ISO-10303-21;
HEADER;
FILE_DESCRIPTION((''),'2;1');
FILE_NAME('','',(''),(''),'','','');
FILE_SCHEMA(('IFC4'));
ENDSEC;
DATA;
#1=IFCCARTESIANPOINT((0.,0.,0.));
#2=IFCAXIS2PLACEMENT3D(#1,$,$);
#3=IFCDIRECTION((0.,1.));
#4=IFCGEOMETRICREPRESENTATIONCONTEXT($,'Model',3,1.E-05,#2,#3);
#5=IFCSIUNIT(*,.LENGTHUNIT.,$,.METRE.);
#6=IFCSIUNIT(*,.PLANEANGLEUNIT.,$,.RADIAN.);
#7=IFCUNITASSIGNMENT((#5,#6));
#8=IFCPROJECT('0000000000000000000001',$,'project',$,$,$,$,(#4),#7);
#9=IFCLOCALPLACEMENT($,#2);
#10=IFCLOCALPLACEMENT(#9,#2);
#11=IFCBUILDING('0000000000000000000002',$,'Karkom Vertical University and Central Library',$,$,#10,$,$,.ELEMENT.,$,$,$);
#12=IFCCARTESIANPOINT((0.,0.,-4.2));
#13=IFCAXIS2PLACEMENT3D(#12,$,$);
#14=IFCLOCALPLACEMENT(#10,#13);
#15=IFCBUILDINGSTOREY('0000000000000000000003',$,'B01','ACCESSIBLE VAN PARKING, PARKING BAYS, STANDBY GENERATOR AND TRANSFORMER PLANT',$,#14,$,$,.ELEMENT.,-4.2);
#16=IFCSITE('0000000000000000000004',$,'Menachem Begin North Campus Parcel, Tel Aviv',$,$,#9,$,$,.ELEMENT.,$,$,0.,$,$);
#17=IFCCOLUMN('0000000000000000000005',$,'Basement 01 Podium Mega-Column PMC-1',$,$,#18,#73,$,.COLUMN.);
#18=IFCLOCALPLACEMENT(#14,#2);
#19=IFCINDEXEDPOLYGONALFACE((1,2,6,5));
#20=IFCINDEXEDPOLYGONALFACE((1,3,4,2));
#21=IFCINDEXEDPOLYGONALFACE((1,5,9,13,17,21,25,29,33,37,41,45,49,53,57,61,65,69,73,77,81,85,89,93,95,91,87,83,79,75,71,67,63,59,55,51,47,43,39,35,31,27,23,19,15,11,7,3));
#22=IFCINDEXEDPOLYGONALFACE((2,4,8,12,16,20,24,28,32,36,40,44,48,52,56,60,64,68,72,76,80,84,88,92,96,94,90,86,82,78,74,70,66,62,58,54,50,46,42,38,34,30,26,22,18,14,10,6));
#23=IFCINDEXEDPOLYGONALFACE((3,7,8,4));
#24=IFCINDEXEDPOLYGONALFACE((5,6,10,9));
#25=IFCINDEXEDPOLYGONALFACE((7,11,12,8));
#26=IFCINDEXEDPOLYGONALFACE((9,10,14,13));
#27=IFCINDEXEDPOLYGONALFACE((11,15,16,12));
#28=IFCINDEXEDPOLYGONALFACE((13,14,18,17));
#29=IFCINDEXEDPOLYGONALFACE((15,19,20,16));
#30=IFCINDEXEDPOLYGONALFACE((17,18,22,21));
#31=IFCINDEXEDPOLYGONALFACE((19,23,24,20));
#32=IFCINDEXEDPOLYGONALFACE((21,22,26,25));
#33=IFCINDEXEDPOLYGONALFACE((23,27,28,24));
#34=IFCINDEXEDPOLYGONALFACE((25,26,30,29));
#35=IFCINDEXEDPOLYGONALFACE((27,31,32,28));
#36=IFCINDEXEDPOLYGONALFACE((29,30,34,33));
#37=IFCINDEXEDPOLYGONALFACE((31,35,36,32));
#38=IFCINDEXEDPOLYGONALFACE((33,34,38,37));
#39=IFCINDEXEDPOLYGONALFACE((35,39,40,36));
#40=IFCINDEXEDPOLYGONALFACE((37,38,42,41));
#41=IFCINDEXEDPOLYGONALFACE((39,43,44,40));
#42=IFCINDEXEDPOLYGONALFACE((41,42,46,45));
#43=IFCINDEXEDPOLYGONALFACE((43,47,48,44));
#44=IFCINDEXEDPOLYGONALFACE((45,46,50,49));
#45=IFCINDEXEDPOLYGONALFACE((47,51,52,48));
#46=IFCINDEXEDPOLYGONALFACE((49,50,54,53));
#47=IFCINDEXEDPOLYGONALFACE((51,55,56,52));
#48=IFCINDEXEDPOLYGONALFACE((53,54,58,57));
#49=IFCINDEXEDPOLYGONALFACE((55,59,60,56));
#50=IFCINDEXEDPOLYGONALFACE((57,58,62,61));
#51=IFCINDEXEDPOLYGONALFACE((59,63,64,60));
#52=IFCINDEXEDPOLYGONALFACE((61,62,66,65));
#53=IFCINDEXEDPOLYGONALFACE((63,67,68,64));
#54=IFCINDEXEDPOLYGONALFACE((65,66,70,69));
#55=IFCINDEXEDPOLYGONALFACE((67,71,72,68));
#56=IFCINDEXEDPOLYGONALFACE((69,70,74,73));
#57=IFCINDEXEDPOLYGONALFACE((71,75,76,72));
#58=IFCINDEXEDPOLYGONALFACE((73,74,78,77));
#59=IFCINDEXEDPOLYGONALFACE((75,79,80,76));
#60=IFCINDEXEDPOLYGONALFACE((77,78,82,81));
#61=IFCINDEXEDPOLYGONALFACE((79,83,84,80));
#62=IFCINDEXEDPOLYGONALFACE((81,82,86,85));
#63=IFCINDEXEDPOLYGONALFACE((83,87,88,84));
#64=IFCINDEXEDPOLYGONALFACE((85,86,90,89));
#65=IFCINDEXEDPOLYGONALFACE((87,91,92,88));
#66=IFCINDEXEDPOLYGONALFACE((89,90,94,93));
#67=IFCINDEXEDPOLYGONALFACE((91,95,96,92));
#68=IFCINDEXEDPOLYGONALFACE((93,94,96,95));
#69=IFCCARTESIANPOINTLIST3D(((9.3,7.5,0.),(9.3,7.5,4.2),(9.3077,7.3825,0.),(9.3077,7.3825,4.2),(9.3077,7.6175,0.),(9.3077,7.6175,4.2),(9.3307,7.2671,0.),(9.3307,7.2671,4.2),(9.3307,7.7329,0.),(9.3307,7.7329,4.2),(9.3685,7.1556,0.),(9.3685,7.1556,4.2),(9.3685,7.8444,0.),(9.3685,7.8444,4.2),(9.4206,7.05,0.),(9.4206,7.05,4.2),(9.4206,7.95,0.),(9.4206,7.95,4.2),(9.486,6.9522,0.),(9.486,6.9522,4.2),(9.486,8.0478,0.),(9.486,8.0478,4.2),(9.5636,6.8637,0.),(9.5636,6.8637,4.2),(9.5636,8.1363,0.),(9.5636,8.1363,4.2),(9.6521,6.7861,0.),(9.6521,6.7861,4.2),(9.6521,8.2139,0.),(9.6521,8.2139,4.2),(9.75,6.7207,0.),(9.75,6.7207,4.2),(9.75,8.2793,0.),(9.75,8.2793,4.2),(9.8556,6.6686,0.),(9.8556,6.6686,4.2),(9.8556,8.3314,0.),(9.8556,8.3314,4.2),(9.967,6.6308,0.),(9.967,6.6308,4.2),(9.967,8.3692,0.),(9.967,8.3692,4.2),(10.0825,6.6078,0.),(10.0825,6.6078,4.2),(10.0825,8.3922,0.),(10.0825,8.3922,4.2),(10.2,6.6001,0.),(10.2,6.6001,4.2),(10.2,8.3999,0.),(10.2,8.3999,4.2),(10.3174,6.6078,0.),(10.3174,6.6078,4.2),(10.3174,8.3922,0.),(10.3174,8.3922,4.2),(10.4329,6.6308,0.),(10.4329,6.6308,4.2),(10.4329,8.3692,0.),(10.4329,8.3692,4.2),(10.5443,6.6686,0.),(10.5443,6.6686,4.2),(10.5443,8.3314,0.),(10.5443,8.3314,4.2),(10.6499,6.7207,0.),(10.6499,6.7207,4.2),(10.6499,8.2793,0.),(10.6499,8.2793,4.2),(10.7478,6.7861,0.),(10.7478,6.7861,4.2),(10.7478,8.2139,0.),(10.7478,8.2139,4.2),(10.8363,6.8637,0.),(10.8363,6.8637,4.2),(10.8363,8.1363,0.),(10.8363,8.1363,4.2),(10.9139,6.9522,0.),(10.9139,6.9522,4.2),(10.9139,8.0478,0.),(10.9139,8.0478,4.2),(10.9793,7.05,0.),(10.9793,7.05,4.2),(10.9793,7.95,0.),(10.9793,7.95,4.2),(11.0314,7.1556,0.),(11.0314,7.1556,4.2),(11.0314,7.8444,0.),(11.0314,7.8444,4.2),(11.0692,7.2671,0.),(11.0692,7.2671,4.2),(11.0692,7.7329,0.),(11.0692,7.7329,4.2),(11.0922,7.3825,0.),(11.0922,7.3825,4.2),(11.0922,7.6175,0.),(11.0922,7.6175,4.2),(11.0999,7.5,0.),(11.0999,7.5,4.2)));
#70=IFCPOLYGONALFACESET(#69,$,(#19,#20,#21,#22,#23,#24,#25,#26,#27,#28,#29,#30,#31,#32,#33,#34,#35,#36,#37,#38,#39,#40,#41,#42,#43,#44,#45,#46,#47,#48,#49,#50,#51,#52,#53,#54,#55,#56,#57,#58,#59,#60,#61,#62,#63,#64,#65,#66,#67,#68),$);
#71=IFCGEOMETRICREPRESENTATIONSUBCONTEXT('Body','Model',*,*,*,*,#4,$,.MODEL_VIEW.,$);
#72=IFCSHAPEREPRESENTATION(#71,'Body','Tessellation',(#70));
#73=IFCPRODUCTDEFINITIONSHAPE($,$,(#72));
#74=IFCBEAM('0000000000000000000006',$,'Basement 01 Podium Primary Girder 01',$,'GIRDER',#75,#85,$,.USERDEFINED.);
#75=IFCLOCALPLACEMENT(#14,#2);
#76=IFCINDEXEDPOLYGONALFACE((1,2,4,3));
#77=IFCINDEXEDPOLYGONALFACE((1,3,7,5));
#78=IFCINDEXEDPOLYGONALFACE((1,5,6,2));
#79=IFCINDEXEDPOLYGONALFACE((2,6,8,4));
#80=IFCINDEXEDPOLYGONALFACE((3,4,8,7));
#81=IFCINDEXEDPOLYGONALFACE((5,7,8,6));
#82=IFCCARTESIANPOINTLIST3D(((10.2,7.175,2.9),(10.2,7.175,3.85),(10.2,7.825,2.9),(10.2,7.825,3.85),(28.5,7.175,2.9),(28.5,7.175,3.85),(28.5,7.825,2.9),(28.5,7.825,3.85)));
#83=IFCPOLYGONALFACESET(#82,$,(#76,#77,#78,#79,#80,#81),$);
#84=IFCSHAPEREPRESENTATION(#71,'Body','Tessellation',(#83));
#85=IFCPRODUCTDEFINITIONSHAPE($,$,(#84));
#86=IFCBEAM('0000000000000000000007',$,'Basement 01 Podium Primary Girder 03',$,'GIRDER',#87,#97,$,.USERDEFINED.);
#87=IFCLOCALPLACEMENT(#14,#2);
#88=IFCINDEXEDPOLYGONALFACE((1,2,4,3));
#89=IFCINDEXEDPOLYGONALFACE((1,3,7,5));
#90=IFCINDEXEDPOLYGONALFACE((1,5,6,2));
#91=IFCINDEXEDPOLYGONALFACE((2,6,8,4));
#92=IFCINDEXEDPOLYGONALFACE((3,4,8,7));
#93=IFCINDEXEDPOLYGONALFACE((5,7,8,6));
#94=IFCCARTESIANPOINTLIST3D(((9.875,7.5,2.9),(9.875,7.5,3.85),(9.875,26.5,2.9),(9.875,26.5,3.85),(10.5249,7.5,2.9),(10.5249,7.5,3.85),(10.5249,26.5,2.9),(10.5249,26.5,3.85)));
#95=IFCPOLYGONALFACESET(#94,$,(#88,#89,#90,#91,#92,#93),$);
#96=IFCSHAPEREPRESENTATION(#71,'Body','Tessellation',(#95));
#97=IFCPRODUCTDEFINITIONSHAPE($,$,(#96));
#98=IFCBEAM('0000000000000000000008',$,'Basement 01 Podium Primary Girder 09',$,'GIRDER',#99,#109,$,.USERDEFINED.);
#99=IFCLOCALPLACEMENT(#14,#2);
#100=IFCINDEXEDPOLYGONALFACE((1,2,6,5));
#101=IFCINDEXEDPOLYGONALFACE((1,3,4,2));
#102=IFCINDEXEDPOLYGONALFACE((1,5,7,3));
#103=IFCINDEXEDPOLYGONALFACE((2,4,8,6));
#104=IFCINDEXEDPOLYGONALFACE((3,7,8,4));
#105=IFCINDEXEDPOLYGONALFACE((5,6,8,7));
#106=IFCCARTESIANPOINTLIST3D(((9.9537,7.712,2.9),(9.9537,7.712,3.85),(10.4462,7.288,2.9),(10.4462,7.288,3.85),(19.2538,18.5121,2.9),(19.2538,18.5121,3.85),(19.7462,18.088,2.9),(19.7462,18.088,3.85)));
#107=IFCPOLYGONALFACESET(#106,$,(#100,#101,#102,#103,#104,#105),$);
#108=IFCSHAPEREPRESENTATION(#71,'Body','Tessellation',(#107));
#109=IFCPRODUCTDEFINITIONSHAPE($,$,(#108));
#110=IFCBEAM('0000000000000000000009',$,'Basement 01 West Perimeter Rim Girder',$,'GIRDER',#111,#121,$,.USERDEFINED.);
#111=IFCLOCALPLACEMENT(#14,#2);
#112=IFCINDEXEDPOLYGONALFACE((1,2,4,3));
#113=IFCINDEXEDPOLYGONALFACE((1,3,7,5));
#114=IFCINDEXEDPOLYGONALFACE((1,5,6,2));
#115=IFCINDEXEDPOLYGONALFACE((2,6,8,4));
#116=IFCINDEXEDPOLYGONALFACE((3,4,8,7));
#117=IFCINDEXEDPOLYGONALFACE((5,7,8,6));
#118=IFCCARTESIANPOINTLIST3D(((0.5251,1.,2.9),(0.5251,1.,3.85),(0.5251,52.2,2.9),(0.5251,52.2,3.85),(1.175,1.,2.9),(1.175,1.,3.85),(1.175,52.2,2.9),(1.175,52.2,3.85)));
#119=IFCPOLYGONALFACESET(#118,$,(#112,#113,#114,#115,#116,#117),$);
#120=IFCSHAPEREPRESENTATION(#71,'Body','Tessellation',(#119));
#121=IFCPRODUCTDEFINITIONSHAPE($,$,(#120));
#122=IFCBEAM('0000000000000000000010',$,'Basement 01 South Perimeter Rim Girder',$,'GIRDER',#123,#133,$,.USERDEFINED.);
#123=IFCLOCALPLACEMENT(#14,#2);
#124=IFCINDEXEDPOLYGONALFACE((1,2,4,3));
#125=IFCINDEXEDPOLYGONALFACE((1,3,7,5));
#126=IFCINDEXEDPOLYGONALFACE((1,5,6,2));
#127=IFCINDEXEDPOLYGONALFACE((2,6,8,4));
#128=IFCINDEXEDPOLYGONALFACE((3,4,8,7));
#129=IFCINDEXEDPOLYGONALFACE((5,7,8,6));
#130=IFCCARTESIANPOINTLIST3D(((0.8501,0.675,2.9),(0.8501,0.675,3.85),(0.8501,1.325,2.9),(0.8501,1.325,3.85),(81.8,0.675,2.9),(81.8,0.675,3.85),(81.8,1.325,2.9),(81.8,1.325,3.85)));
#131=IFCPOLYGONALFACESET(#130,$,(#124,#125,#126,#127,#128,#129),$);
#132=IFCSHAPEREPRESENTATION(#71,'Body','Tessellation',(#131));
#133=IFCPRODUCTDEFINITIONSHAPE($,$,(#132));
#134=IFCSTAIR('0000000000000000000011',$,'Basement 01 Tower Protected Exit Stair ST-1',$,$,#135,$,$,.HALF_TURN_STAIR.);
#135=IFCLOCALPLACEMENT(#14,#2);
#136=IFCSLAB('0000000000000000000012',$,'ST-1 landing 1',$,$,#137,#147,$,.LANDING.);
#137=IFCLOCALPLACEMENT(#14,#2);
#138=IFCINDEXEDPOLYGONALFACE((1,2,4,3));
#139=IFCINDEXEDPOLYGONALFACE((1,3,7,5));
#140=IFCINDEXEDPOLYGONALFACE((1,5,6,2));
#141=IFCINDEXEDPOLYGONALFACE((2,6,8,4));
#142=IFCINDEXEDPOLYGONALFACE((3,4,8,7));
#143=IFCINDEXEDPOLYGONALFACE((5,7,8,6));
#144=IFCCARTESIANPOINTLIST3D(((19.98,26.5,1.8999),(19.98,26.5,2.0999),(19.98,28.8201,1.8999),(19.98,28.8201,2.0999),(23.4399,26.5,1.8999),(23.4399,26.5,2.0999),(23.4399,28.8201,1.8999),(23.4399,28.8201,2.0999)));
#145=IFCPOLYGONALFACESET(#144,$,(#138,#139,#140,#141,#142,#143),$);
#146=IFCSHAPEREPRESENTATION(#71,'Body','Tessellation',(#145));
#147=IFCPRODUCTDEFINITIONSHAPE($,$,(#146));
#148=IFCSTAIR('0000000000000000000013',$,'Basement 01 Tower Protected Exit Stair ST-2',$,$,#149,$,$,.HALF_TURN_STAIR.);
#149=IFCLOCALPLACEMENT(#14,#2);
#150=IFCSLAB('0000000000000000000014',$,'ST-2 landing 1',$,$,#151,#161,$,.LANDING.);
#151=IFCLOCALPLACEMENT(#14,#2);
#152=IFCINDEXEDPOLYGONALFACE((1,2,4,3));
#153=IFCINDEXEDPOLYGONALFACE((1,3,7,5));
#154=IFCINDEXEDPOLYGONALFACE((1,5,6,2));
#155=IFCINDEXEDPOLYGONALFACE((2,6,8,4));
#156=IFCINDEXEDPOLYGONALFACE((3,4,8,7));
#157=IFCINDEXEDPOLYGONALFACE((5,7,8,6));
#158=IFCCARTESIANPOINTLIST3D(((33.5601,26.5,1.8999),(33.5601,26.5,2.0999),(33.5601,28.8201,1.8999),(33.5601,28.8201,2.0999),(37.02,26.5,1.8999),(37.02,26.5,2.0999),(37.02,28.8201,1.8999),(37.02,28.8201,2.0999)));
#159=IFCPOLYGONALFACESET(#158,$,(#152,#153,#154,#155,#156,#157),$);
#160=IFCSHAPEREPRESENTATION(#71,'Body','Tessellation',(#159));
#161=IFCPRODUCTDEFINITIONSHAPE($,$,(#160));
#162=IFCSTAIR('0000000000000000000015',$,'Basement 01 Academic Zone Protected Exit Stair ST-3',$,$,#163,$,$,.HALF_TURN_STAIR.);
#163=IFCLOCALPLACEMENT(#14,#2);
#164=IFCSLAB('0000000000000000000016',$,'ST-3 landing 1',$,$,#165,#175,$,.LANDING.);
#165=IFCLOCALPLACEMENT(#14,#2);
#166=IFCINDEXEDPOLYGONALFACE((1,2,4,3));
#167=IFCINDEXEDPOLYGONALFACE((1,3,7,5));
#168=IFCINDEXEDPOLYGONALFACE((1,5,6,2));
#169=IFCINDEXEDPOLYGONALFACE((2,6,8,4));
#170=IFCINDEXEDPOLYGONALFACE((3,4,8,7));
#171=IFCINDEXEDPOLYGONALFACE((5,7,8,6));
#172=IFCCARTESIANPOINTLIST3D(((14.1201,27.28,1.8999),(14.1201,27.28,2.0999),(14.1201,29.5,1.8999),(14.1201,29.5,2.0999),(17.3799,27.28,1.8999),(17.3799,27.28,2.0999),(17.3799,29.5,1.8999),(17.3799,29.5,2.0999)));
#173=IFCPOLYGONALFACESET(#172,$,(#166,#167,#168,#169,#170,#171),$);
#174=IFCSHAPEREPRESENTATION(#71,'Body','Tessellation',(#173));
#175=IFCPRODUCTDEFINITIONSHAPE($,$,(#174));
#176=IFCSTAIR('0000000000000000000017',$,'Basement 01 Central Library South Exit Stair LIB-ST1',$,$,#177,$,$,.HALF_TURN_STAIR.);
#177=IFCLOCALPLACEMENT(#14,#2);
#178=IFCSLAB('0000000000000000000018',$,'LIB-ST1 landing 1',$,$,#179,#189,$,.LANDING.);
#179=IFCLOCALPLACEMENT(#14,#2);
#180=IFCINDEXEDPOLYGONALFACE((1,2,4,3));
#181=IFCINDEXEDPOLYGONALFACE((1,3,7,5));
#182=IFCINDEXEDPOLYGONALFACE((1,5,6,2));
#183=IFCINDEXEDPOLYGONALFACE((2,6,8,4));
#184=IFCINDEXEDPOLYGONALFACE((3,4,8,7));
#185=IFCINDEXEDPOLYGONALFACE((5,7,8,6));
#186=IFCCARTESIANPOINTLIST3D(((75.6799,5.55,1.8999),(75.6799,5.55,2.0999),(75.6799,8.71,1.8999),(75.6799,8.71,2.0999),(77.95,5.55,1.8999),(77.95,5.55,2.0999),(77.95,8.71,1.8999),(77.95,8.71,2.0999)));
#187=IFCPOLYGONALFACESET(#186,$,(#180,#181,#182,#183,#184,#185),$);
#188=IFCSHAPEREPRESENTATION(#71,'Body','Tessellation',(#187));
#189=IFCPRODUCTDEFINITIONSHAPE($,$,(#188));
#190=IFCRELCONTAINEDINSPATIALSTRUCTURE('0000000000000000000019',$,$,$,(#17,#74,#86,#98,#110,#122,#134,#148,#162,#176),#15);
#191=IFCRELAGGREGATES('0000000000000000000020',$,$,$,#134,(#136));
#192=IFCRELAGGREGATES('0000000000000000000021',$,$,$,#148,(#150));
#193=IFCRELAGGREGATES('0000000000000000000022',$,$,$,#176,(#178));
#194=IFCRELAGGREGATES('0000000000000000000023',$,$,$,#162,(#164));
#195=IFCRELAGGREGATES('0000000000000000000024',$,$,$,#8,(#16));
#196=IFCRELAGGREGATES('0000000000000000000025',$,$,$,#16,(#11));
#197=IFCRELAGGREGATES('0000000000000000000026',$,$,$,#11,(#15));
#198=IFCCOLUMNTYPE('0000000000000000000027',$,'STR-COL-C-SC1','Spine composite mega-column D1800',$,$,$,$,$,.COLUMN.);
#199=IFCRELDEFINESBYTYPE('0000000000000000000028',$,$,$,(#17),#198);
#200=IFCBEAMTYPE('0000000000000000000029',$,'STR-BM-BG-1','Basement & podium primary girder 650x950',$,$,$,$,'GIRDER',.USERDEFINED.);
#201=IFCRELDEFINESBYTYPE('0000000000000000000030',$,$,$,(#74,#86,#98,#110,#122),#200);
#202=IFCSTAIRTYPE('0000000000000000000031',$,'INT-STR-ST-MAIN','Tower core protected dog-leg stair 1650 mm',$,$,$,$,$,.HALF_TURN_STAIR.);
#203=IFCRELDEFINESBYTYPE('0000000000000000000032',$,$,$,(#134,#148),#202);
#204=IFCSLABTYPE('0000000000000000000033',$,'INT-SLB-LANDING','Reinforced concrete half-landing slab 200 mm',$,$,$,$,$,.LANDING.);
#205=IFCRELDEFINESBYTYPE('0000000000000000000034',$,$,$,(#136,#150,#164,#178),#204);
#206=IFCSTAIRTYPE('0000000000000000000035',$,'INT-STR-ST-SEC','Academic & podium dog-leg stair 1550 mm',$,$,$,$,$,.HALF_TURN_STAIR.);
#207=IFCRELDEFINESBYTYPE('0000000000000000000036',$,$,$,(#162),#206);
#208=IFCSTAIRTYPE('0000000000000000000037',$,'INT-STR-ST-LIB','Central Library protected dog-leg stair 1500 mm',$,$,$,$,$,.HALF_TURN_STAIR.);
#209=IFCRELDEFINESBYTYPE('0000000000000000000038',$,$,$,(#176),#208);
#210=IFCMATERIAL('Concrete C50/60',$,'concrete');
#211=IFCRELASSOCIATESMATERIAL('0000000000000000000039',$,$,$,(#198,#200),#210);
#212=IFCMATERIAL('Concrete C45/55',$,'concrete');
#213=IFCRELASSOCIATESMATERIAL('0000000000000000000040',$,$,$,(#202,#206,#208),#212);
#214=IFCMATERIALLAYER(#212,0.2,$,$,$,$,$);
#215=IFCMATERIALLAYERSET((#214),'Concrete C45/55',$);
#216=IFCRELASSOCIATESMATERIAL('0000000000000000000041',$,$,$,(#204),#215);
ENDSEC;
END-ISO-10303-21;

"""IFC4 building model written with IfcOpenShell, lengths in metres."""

from ifc_helpers import new_model, si_unit, direction, frame, origin, origin_with_axes, origin_2d, place, context, subcontext, project, spatial, polyline, rectangle, circle, outline, extrude, source, transform, mapped, material, layer, layer_set, material_profile, profile_set, type_object, element, aggregate, save


model = new_model("IFC4")

# Units and contexts
model_context = context("Model", 3, precision=1e-05, world=origin(), true_north=direction((0.0, 1.0)))
body_context = subcontext(model_context, "Body", "Model", "MODEL_VIEW")
ifc_project = project(units=[si_unit("LENGTHUNIT", "METRE"), si_unit("PLANEANGLEUNIT", "RADIAN")], contexts=[model_context])

# Site, building, storey
site_placement = place(None, origin())
site = spatial("IfcSite", under=ifc_project, at=site_placement, Name="Menachem Begin North Campus Parcel, Tel Aviv", CompositionType="ELEMENT", RefElevation=0.0)
building_placement = place(site_placement, origin())
building = spatial("IfcBuilding", under=site, at=building_placement, Name="Karkom Vertical University and Central Library", CompositionType="ELEMENT")
storey_placement = place(building_placement, frame((0.0, 0.0, -4.2)))
storey = spatial("IfcBuildingStorey", under=building, at=storey_placement, Name="B01", Description="ACCESSIBLE VAN PARKING, PARKING BAYS, STANDBY GENERATOR AND TRANSFORMER PLANT", CompositionType="ELEMENT", Elevation=-4.2)

# Column
ifc_material_1 = material(Name="Concrete C50/60", Category="concrete")
ifc_material_profile_1 = material_profile(ifc_material_1, circle(Radius=0.8999, at=origin_2d()), Name="CFT-D1800")
ifc_profile_set_1 = profile_set([ifc_material_profile_1], Name="Concrete C50/60")
column_type = type_object("IfcColumnType", Name="STR-COL-C-SC1", Description="Spine composite mega-column D1800", PredefinedType="COLUMN", material=ifc_profile_set_1)
shared_shape_1 = source(origin_with_axes(), body_context, "Body", "SweptSolid", [
    extrude(circle(Radius=0.8999, at=origin_2d()), origin(), (0.0, 0.0, 1.0), 4.2),
])
column_placement = place(storey_placement, frame((10.2, 7.5, 0.0), z_axis=(0.0, 0.0, 1.0), x_axis=(1.0, 0.0, 0.0)))
element("IfcColumn", 1, at=column_placement, inside=storey, type_object=column_type, Name="Basement 01 Podium Mega-Column PMC-1", PredefinedType="COLUMN", context=body_context, shape_type="MappedRepresentation", body=[
    mapped(shared_shape_1, transform((0.0, 0.0, 0.0), scale=1.0)),
])

# Beams
ifc_material_profile_2 = material_profile(ifc_material_1, rectangle(XDim=0.6499, YDim=0.95, at=origin_2d()), Name="RCG-650x950")
ifc_profile_set_2 = profile_set([ifc_material_profile_2], Name="Concrete C50/60")
beam_type = type_object("IfcBeamType", Name="STR-BM-BG-1", Description="Basement & podium primary girder 650x950", ElementType="GIRDER", PredefinedType="USERDEFINED", material=ifc_profile_set_2)
shared_shape_2 = source(origin_with_axes(), body_context, "Body", "SweptSolid", [
    extrude(rectangle(XDim=0.6499, YDim=0.95, at=origin_2d()), origin(), (0.0, 0.0, 1.0), 18.3),
])
beam_1_placement = place(storey_placement, frame((10.2, 7.5, 3.375), z_axis=(1.0, 0.0, 0.0), x_axis=(0.0, 1.0, 0.0)))
element("IfcBeam", 2, at=beam_1_placement, inside=storey, type_object=beam_type, Name="Basement 01 Podium Primary Girder 01", ObjectType="GIRDER", PredefinedType="USERDEFINED", context=body_context, shape_type="MappedRepresentation", body=[
    mapped(shared_shape_2, transform((0.0, 0.0, 0.0), scale=1.0)),
])
shared_shape_3 = source(origin_with_axes(), body_context, "Body", "SweptSolid", [
    extrude(rectangle(XDim=0.6499, YDim=0.95, at=origin_2d()), origin(), (0.0, 0.0, 1.0), 19.0),
])
beam_2_placement = place(storey_placement, frame((10.2, 7.5, 3.375), z_axis=(0.0, 1.0, 0.0), x_axis=(-1.0, 0.0, 0.0)))
element("IfcBeam", 3, at=beam_2_placement, inside=storey, type_object=beam_type, Name="Basement 01 Podium Primary Girder 03", ObjectType="GIRDER", PredefinedType="USERDEFINED", context=body_context, shape_type="MappedRepresentation", body=[
    mapped(shared_shape_3, transform((0.0, 0.0, 0.0), scale=1.0)),
])
shared_shape_4 = source(origin_with_axes(), body_context, "Body", "SweptSolid", [
    extrude(rectangle(XDim=0.6499, YDim=0.95, at=origin_2d()), origin(), (0.0, 0.0, 1.0), 14.2524),
])
beam_3_placement = place(storey_placement, frame((10.2, 7.5, 3.375), z_axis=(0.652523, 0.757769, 0.0), x_axis=(-0.757769, 0.652523, 0.0)))
element("IfcBeam", 4, at=beam_3_placement, inside=storey, type_object=beam_type, Name="Basement 01 Podium Primary Girder 09", ObjectType="GIRDER", PredefinedType="USERDEFINED", context=body_context, shape_type="MappedRepresentation", body=[
    mapped(shared_shape_4, transform((0.0, 0.0, 0.0), scale=1.0)),
])
shared_shape_5 = source(origin_with_axes(), body_context, "Body", "SweptSolid", [
    extrude(rectangle(XDim=0.6499, YDim=0.95, at=origin_2d()), origin(), (0.0, 0.0, 1.0), 51.2),
])
beam_4_placement = place(storey_placement, frame((0.8501, 1.0, 3.375), z_axis=(0.0, 1.0, 0.0), x_axis=(-1.0, 0.0, 0.0)))
element("IfcBeam", 5, at=beam_4_placement, inside=storey, type_object=beam_type, Name="Basement 01 West Perimeter Rim Girder", ObjectType="GIRDER", PredefinedType="USERDEFINED", context=body_context, shape_type="MappedRepresentation", body=[
    mapped(shared_shape_5, transform((0.0, 0.0, 0.0), scale=1.0)),
])
shared_shape_6 = source(origin_with_axes(), body_context, "Body", "SweptSolid", [
    extrude(rectangle(XDim=0.6499, YDim=0.95, at=origin_2d()), origin(), (0.0, 0.0, 1.0), 80.95),
])
beam_5_placement = place(storey_placement, frame((0.8501, 1.0, 3.375), z_axis=(1.0, 0.0, 0.0), x_axis=(0.0, 1.0, 0.0)))
element("IfcBeam", 6, at=beam_5_placement, inside=storey, type_object=beam_type, Name="Basement 01 South Perimeter Rim Girder", ObjectType="GIRDER", PredefinedType="USERDEFINED", context=body_context, shape_type="MappedRepresentation", body=[
    mapped(shared_shape_6, transform((0.0, 0.0, 0.0), scale=1.0)),
])

# Stairs, slabs
ifc_material_2 = material(Name="Concrete C45/55", Category="concrete")
stair_type_1 = type_object("IfcStairType", Name="INT-STR-ST-MAIN", Description="Tower core protected dog-leg stair 1650 mm", PredefinedType="HALF_TURN_STAIR", material=ifc_material_2)
stair_1_placement = place(storey_placement, origin())
stair_1 = element("IfcStair", 7, at=stair_1_placement, inside=storey, type_object=stair_type_1, Name="Basement 01 Tower Protected Exit Stair ST-1", PredefinedType="HALF_TURN_STAIR")
ifc_layer_1 = layer(ifc_material_2, 0.2)
ifc_layer_set_1 = layer_set([ifc_layer_1], Name="Concrete C45/55")
slab_type_1 = type_object("IfcSlabType", Name="INT-SLB-LANDING", Description="Reinforced concrete half-landing slab 200 mm", PredefinedType="LANDING", material=ifc_layer_set_1)
slab_1_placement = place(storey_placement, frame((0.0, 0.0, 1.8999)))
slab_1 = element("IfcSlab", 8, at=slab_1_placement, type_object=slab_type_1, Name="ST-1 landing 1", PredefinedType="LANDING", context=body_context, shape_type="SweptSolid", body=[
    extrude(outline(polyline([(23.4399, 26.5), (23.4399, 28.8201), (19.98, 28.8201), (19.98, 26.5), (23.4399, 26.5)])), origin(), (0.0, 0.0, 1.0), 0.2),
])
aggregate(stair_1, [slab_1])
stair_2_placement = place(storey_placement, origin())
stair_2 = element("IfcStair", 9, at=stair_2_placement, inside=storey, type_object=stair_type_1, Name="Basement 01 Tower Protected Exit Stair ST-2", PredefinedType="HALF_TURN_STAIR")
slab_2_placement = place(storey_placement, frame((0.0, 0.0, 1.8999)))
slab_2 = element("IfcSlab", 10, at=slab_2_placement, type_object=slab_type_1, Name="ST-2 landing 1", PredefinedType="LANDING", context=body_context, shape_type="SweptSolid", body=[
    extrude(outline(polyline([(37.02, 26.5), (37.02, 28.8201), (33.5601, 28.8201), (33.5601, 26.5), (37.02, 26.5)])), origin(), (0.0, 0.0, 1.0), 0.2),
])
aggregate(stair_2, [slab_2])
stair_type_2 = type_object("IfcStairType", Name="INT-STR-ST-SEC", Description="Academic & podium dog-leg stair 1550 mm", PredefinedType="HALF_TURN_STAIR", material=ifc_material_2)
stair_3_placement = place(storey_placement, origin())
stair_3 = element("IfcStair", 11, at=stair_3_placement, inside=storey, type_object=stair_type_2, Name="Basement 01 Academic Zone Protected Exit Stair ST-3", PredefinedType="HALF_TURN_STAIR")
slab_3_placement = place(storey_placement, frame((0.0, 0.0, 1.8999)))
slab_3 = element("IfcSlab", 12, at=slab_3_placement, type_object=slab_type_1, Name="ST-3 landing 1", PredefinedType="LANDING", context=body_context, shape_type="SweptSolid", body=[
    extrude(outline(polyline([(17.3799, 27.28), (17.3799, 29.5), (14.1201, 29.5), (14.1201, 27.28), (17.3799, 27.28)])), origin(), (0.0, 0.0, 1.0), 0.2),
])
stair_type_3 = type_object("IfcStairType", Name="INT-STR-ST-LIB", Description="Central Library protected dog-leg stair 1500 mm", PredefinedType="HALF_TURN_STAIR", material=ifc_material_2)
stair_4_placement = place(storey_placement, origin())
stair_4 = element("IfcStair", 13, at=stair_4_placement, inside=storey, type_object=stair_type_3, Name="Basement 01 Central Library South Exit Stair LIB-ST1", PredefinedType="HALF_TURN_STAIR")
slab_4_placement = place(storey_placement, frame((0.0, 0.0, 1.8999)))
slab_4 = element("IfcSlab", 14, at=slab_4_placement, type_object=slab_type_1, Name="LIB-ST1 landing 1", PredefinedType="LANDING", context=body_context, shape_type="SweptSolid", body=[
    extrude(outline(polyline([(75.6799, 5.55), (77.95, 5.55), (77.95, 8.71), (75.6799, 8.71), (75.6799, 5.55)])), origin(), (0.0, 0.0, 1.0), 0.2),
])
aggregate(stair_4, [slab_4])

aggregate(stair_3, [slab_3])

save(model, "model.ifc")
